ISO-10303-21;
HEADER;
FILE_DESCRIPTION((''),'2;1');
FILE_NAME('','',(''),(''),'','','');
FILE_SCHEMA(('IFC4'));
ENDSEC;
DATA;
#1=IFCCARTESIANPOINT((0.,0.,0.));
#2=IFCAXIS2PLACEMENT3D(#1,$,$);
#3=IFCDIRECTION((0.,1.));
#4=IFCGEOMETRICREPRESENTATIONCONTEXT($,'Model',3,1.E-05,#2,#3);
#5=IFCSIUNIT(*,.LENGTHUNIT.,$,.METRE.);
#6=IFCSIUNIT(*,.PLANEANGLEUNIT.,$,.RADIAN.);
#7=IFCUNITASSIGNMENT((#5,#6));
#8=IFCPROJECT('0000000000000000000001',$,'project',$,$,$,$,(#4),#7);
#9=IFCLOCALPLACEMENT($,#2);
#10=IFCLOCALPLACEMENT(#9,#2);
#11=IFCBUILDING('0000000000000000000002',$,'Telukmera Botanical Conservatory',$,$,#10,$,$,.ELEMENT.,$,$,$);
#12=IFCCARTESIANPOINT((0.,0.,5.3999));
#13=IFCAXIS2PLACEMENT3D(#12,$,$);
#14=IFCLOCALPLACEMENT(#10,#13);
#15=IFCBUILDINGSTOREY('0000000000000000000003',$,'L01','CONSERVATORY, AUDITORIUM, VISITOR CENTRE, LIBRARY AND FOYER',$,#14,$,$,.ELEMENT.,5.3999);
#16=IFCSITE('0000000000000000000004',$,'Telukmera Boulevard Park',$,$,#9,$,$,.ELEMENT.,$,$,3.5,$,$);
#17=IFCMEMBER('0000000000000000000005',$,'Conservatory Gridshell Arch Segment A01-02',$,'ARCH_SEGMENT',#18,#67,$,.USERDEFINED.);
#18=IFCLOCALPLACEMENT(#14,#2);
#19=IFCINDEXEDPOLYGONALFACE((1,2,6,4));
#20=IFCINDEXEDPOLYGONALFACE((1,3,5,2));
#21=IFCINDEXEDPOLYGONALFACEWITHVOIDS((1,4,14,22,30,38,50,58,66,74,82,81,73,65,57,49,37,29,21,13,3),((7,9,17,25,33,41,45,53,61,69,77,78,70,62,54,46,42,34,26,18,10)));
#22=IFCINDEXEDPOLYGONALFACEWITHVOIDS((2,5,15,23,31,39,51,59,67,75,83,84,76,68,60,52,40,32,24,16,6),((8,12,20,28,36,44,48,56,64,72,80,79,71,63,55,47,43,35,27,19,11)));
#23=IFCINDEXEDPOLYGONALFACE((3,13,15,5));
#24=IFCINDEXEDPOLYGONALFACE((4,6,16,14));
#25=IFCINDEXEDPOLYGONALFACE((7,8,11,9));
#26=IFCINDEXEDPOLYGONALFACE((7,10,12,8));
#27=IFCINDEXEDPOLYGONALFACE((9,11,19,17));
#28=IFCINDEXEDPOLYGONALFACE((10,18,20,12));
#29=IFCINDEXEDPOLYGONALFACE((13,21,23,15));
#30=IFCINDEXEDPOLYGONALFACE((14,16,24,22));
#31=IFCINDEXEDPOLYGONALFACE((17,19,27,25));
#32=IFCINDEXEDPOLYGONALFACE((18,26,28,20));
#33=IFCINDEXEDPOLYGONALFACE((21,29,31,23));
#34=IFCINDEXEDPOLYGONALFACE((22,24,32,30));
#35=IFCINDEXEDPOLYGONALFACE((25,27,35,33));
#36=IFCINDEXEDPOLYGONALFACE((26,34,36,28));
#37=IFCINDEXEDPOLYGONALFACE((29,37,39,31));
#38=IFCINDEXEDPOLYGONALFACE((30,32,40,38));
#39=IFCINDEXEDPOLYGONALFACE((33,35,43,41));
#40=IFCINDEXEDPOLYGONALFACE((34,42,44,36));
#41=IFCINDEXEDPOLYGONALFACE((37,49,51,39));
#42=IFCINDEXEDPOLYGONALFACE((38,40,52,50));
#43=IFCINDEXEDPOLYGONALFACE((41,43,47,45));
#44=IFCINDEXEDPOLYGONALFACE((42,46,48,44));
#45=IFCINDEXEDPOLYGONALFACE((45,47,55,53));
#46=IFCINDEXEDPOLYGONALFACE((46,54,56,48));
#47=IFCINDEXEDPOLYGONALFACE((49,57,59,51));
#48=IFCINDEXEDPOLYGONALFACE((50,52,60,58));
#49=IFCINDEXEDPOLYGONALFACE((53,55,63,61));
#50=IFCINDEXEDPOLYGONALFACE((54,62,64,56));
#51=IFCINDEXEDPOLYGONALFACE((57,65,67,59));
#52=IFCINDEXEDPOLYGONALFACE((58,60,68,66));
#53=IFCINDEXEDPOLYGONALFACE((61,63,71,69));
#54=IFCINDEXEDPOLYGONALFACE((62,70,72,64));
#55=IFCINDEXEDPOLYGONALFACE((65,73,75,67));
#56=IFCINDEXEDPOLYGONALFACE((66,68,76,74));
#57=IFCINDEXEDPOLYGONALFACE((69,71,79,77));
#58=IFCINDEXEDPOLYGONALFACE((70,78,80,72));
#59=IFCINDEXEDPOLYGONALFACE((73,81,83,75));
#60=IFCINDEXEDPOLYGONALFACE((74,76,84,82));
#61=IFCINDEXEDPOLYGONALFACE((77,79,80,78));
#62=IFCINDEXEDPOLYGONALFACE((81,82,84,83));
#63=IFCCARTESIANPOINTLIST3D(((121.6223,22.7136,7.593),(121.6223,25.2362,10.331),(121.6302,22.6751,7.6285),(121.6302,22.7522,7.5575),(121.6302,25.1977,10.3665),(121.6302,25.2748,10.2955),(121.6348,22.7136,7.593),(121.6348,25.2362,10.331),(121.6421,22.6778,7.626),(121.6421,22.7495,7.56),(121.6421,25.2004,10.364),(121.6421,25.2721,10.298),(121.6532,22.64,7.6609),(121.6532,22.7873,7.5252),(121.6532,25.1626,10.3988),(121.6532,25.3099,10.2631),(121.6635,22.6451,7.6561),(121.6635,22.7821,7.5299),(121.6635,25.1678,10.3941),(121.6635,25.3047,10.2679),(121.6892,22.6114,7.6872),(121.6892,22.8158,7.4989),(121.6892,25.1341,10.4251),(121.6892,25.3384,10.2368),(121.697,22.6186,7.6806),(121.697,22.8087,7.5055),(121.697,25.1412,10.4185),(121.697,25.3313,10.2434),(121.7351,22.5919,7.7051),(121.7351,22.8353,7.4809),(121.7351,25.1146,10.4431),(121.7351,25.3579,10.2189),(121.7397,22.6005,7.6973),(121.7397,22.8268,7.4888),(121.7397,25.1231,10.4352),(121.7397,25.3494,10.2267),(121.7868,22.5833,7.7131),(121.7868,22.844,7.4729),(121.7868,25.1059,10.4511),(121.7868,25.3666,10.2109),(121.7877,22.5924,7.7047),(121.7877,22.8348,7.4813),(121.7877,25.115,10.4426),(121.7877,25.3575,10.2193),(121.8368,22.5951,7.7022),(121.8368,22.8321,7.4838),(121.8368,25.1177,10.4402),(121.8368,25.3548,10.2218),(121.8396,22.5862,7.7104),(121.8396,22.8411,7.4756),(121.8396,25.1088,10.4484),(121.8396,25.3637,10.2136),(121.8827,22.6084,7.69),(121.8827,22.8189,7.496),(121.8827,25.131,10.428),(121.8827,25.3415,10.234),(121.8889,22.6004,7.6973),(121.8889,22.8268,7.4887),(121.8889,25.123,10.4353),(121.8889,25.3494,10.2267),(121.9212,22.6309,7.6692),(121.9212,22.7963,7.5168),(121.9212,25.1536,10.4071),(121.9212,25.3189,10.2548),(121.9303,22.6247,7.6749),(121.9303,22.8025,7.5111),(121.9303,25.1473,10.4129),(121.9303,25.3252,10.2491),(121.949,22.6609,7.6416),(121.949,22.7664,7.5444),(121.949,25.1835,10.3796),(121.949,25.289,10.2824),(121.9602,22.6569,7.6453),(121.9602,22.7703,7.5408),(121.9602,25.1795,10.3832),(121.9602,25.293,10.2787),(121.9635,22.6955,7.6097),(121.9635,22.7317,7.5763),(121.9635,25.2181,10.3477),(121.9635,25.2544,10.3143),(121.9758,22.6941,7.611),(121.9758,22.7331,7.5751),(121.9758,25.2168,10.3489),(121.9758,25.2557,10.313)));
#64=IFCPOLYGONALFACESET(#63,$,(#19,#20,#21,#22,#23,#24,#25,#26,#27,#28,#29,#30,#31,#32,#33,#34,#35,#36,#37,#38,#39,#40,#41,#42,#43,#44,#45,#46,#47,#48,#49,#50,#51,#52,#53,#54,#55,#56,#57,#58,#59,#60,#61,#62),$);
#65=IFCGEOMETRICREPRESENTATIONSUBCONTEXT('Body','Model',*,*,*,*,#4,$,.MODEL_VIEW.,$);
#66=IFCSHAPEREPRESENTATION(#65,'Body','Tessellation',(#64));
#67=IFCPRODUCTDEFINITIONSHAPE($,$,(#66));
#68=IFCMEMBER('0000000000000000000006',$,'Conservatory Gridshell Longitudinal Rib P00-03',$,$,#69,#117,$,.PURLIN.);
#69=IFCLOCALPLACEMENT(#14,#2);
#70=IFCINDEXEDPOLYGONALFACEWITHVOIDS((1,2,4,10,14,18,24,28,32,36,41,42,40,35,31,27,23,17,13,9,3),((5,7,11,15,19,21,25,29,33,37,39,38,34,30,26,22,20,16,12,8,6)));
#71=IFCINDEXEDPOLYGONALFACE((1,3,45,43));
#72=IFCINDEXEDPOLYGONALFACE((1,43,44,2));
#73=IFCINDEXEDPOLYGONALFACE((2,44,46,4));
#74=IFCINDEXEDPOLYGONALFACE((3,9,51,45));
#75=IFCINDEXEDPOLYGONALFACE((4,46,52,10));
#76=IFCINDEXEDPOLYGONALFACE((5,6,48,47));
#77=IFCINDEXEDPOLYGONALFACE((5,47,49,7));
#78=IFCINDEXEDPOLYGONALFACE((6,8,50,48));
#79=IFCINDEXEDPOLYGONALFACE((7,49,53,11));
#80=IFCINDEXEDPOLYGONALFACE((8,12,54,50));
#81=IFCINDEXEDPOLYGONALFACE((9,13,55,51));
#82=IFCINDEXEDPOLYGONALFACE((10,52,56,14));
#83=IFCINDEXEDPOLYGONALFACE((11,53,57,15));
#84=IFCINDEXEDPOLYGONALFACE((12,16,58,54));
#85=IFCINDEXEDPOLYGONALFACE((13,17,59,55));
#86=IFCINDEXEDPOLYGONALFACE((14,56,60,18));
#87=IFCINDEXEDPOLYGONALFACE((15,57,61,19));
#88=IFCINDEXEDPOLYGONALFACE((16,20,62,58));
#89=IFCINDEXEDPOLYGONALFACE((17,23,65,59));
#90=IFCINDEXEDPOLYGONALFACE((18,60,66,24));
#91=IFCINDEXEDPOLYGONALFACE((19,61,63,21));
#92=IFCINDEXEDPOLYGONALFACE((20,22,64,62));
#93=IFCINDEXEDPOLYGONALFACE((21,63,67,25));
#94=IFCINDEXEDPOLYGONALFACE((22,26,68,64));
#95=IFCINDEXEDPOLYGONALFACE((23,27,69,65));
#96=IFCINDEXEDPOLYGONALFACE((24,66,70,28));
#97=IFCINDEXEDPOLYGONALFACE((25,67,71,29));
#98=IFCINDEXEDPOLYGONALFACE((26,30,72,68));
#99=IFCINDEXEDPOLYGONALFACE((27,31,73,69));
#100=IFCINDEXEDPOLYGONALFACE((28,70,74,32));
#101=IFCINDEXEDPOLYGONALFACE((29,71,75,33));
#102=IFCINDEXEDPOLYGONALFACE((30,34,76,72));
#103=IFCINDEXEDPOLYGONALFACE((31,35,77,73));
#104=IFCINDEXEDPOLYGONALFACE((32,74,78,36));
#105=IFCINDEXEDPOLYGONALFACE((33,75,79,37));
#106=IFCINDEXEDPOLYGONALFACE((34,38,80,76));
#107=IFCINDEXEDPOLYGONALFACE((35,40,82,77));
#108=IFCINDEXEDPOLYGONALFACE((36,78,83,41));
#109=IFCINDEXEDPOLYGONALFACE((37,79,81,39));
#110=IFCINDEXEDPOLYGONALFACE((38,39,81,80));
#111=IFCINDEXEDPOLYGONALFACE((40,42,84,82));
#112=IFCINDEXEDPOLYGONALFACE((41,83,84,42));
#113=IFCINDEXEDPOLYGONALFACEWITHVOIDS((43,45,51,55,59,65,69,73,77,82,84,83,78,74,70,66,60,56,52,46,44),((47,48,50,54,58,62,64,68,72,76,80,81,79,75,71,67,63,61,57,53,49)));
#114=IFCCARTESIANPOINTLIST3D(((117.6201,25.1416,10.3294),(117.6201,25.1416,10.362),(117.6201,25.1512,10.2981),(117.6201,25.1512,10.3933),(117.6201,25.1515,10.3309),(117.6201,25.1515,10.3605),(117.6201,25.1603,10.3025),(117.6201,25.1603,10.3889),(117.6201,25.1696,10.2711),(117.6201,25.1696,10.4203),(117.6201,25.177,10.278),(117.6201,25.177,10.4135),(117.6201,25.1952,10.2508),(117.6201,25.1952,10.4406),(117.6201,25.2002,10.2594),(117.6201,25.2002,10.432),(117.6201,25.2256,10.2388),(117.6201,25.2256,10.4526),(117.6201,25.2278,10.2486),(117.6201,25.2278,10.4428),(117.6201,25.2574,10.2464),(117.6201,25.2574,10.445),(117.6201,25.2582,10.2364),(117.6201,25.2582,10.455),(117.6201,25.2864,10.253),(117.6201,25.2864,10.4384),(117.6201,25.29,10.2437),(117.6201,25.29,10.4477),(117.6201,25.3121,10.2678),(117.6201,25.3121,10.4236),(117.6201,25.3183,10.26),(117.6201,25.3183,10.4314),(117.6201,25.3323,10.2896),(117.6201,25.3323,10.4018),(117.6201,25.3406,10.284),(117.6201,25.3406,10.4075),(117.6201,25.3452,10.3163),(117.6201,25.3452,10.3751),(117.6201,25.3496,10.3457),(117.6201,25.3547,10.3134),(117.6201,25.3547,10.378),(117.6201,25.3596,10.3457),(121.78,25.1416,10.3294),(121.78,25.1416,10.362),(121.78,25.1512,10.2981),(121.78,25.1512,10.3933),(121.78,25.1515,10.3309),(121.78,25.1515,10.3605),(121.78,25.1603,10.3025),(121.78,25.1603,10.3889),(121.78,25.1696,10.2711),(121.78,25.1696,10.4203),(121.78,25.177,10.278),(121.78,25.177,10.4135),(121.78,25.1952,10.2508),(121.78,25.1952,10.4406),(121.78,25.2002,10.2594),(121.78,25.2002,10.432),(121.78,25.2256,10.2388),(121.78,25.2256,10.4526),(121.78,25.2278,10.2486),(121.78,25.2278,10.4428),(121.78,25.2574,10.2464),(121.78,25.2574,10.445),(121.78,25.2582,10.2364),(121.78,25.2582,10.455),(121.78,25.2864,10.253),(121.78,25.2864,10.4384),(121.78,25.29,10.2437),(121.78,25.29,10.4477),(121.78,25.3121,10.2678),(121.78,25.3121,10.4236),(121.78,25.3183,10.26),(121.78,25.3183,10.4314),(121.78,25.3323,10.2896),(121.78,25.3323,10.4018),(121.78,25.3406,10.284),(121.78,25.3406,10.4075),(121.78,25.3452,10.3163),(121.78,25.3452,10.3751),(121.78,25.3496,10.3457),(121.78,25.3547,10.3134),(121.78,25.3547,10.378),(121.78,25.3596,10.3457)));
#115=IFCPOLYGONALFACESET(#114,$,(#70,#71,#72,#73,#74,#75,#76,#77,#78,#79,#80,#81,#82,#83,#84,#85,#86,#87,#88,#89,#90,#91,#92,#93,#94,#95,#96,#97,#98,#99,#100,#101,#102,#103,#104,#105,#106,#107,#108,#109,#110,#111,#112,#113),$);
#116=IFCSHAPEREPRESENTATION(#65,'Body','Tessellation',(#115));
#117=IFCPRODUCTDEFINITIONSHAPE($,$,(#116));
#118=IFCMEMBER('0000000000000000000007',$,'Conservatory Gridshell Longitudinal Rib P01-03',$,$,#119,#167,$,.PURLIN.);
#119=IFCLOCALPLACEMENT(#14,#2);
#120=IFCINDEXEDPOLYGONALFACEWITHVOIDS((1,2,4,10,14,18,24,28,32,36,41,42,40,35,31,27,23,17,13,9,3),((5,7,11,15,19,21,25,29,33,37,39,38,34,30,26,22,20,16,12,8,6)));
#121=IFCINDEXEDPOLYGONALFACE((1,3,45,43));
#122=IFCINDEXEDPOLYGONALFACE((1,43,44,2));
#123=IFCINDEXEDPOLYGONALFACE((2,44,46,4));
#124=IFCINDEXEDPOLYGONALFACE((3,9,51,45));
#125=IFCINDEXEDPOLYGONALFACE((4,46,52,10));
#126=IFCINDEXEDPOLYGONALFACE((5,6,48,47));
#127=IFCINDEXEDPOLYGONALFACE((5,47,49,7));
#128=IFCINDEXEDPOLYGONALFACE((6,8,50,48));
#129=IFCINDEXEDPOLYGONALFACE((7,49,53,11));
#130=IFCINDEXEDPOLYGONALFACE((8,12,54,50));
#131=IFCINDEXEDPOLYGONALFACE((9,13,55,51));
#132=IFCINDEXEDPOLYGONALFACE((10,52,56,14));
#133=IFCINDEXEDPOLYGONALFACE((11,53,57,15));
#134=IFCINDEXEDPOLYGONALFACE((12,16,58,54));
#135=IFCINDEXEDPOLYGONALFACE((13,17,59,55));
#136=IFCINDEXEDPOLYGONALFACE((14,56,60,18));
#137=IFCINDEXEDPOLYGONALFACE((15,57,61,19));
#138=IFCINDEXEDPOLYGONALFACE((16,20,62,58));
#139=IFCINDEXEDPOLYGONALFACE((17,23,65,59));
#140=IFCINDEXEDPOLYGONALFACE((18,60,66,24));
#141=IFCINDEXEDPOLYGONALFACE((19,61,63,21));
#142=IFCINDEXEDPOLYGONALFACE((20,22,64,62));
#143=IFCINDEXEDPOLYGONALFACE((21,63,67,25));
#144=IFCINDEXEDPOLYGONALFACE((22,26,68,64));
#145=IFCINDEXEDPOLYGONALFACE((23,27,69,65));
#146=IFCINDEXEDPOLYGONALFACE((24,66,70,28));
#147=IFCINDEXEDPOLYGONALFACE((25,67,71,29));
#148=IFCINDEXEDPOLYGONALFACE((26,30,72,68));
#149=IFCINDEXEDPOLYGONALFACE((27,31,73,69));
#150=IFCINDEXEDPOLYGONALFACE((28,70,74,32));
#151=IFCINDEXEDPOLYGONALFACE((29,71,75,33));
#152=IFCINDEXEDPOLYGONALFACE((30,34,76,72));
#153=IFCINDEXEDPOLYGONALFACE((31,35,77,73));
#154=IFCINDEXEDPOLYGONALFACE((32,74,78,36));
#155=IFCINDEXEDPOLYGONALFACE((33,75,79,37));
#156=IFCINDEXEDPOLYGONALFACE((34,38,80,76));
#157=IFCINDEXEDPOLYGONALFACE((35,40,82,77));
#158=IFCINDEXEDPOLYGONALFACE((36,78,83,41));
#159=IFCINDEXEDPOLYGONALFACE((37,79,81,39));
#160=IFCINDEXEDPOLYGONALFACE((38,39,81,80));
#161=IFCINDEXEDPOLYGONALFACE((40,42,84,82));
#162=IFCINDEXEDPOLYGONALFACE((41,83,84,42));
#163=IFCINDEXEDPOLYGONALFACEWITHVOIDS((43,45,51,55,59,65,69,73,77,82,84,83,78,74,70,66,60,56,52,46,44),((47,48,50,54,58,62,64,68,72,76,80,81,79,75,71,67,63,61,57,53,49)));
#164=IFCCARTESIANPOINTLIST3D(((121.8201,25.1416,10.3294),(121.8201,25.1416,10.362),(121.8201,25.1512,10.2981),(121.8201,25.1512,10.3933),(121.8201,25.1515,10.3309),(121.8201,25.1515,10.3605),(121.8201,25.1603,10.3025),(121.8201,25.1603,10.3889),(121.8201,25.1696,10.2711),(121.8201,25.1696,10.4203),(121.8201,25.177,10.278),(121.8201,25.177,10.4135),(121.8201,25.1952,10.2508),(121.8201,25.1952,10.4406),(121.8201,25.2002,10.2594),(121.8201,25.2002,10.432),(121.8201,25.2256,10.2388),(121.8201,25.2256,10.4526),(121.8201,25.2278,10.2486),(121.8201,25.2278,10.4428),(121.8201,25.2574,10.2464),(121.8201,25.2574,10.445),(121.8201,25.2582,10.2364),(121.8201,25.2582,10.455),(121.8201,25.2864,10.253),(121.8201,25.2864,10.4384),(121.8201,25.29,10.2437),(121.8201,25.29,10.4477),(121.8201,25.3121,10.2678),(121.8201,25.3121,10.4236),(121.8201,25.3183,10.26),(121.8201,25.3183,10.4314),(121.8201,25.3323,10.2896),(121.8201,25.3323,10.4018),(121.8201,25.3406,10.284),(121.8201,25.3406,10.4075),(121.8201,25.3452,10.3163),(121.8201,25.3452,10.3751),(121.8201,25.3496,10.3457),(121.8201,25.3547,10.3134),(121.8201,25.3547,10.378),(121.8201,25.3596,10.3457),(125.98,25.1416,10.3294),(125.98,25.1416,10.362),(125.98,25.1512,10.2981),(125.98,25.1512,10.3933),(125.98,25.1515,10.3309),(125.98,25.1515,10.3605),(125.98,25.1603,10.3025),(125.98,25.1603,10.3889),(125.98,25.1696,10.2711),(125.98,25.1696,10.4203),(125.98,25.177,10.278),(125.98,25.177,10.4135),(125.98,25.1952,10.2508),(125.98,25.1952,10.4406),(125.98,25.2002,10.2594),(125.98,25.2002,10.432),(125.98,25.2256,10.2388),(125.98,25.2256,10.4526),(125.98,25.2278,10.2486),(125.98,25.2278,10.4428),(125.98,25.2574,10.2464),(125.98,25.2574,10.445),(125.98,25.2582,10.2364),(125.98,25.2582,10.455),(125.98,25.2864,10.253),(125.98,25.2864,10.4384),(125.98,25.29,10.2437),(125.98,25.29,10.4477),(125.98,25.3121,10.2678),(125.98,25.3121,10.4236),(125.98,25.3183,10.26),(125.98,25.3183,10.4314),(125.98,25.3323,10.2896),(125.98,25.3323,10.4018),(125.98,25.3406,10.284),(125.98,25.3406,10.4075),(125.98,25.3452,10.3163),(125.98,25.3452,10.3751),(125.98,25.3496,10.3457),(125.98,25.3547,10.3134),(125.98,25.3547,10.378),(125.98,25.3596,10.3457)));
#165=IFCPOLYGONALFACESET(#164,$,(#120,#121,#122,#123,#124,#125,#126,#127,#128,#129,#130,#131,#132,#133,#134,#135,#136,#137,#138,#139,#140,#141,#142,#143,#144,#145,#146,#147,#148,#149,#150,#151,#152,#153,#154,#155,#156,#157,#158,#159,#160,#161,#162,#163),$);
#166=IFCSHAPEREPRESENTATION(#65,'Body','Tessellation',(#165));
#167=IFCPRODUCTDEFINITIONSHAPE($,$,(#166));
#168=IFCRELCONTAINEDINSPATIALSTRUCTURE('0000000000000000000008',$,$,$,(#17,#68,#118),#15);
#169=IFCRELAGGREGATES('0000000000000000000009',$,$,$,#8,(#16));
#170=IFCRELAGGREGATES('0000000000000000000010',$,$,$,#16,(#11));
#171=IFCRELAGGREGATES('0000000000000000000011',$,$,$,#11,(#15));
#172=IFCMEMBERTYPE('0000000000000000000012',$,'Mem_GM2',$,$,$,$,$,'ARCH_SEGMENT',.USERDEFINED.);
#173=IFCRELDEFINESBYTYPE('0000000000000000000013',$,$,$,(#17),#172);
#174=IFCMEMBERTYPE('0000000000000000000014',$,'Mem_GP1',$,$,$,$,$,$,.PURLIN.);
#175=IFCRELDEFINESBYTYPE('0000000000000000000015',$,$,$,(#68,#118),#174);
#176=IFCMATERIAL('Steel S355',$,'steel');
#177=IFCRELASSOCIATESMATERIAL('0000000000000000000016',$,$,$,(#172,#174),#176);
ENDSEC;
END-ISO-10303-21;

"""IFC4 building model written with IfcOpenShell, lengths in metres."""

from ifc_helpers import new_model, si_unit, direction, frame, origin, origin_2d, place, context, subcontext, project, spatial, hollow_circle, extrude, material, material_profile, profile_set, type_object, element, save


model = new_model("IFC4")

# Units and contexts
model_context = context("Model", 3, precision=1e-05, world=origin(), true_north=direction((0.0, 1.0)))
body_context = subcontext(model_context, "Body", "Model", "MODEL_VIEW")
ifc_project = project(units=[si_unit("LENGTHUNIT", "METRE"), si_unit("PLANEANGLEUNIT", "RADIAN")], contexts=[model_context])

# Site, building, storey
site_placement = place(None, origin())
site = spatial("IfcSite", under=ifc_project, at=site_placement, Name="Telukmera Boulevard Park", CompositionType="ELEMENT", RefElevation=3.5)
building_placement = place(site_placement, origin())
building = spatial("IfcBuilding", under=site, at=building_placement, Name="Telukmera Botanical Conservatory", CompositionType="ELEMENT")
storey_placement = place(building_placement, frame((0.0, 0.0, 5.3999)))
storey = spatial("IfcBuildingStorey", under=building, at=storey_placement, Name="L01", Description="CONSERVATORY, AUDITORIUM, VISITOR CENTRE, LIBRARY AND FOYER", CompositionType="ELEMENT", Elevation=5.3999)

# Shared definitions
ifc_material_1 = material(Name="Steel S355", Category="steel")

# Members
ifc_material_profile_1 = material_profile(ifc_material_1, hollow_circle(Radius=0.1777, WallThickness=0.0125, at=origin_2d()), Name="CHS 355.6x12.5")
ifc_profile_set_1 = profile_set([ifc_material_profile_1], Name="Steel S355")
member_type_1 = type_object("IfcMemberType", Name="Mem_GM2", ElementType="ARCH_SEGMENT", PredefinedType="USERDEFINED", material=ifc_profile_set_1)
member_1_placement = place(storey_placement, frame((121.8, 22.7136, 7.593), z_axis=(0.0, 0.677596, 0.735434), x_axis=(-1.0, 0.0, 0.0)))
element("IfcMember", 1, at=member_1_placement, inside=storey, type_object=member_type_1, Name="Conservatory Gridshell Arch Segment A01-02", ObjectType="ARCH_SEGMENT", PredefinedType="USERDEFINED", context=body_context, shape_type="SweptSolid", body=[
    extrude(hollow_circle(Radius=0.1777, WallThickness=0.0125, at=origin_2d()), origin(), (0.0, 0.0, 1.0), 3.7229),
])
ifc_material_profile_2 = material_profile(ifc_material_1, hollow_circle(Radius=0.1096, WallThickness=0.01, at=origin_2d()), Name="CHS 219.1x10.0")
ifc_profile_set_2 = profile_set([ifc_material_profile_2], Name="Steel S355")
member_type_2 = type_object("IfcMemberType", Name="Mem_GP1", PredefinedType="PURLIN", material=ifc_profile_set_2)
for number, where, z_axis, x_axis, name in (
    (2, (117.6201, 25.25, 10.3457), (1.0, 0.0, 0.0), (0.0, 1.0, 0.0), "Conservatory Gridshell Longitudinal Rib P00-03"),
    (3, (121.8201, 25.25, 10.3457), (1.0, 0.0, 0.0), (0.0, 1.0, 0.0), "Conservatory Gridshell Longitudinal Rib P01-03"),
):
    element("IfcMember", number, at=place(storey_placement, frame(where, z_axis=z_axis, x_axis=x_axis)), inside=storey, type_object=member_type_2, Name=name, PredefinedType="PURLIN", context=body_context, shape_type="SweptSolid", body=[
        extrude(hollow_circle(Radius=0.1096, WallThickness=0.01, at=origin_2d()), origin(), (0.0, 0.0, 1.0), 4.1599),
    ])

save(model, "model.ifc")
